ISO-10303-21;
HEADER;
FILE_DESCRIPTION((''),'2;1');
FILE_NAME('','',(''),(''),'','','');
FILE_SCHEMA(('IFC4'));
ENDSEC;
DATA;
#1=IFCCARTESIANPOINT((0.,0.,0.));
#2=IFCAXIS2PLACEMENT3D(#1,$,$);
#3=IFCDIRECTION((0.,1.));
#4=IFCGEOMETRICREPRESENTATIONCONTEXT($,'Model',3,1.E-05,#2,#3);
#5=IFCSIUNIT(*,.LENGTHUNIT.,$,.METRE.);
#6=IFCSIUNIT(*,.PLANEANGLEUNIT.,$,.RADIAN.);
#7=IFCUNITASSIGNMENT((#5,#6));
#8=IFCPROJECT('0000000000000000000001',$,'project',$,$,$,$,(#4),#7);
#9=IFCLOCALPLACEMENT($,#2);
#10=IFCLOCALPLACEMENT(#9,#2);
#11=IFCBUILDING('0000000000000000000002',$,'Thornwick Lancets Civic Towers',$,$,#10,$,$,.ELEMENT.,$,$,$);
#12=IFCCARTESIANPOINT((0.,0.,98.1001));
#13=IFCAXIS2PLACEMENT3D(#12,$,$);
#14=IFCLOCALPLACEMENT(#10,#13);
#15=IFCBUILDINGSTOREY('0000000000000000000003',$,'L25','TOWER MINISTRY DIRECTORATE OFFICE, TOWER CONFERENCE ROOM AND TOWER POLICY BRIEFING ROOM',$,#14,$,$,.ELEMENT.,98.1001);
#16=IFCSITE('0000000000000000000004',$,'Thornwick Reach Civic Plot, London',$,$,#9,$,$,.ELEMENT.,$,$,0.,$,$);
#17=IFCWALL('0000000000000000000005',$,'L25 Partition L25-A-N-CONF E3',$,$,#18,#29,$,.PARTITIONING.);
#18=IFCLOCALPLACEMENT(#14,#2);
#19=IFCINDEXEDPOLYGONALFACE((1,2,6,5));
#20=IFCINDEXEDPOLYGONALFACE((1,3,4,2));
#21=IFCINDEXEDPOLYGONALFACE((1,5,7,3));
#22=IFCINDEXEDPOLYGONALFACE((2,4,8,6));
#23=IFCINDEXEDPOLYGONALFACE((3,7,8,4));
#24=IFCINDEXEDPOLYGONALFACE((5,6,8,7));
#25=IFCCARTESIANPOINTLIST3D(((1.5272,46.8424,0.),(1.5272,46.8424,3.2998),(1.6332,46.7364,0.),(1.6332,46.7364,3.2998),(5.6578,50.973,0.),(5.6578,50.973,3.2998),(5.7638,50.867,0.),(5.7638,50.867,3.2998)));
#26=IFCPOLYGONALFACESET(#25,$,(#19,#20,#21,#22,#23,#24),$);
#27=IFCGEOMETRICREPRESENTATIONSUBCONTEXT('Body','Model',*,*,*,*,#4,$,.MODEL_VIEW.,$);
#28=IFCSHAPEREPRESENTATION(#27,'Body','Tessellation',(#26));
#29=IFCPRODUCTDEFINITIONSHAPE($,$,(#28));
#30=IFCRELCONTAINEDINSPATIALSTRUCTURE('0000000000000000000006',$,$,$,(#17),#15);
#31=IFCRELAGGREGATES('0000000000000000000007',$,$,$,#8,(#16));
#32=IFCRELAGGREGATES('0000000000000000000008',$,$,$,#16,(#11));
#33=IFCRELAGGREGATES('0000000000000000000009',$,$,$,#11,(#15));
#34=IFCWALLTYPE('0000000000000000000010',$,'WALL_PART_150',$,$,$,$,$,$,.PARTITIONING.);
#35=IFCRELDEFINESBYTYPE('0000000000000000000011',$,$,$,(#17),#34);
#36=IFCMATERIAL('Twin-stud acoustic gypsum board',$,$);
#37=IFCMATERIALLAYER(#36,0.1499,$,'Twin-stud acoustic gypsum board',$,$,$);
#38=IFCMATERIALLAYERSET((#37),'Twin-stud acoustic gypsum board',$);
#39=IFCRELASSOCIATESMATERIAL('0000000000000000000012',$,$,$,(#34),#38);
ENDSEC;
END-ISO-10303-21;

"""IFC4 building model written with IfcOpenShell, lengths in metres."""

from ifc_helpers import new_model, si_unit, direction, frame, frame_2d, origin, place, context, subcontext, project, spatial, rectangle, extrude, material, layer, layer_set, type_object, element, save


model = new_model("IFC4")

# Units and contexts
model_context = context("Model", 3, precision=1e-05, world=origin(), true_north=direction((0.0, 1.0)))
body_context = subcontext(model_context, "Body", "Model", "MODEL_VIEW")
ifc_project = project(units=[si_unit("LENGTHUNIT", "METRE"), si_unit("PLANEANGLEUNIT", "RADIAN")], contexts=[model_context])

# Site, building, storey
site_placement = place(None, origin())
site = spatial("IfcSite", under=ifc_project, at=site_placement, Name="Thornwick Reach Civic Plot, London", CompositionType="ELEMENT", RefElevation=0.0)
building_placement = place(site_placement, origin())
building = spatial("IfcBuilding", under=site, at=building_placement, Name="Thornwick Lancets Civic Towers", CompositionType="ELEMENT")
storey_placement = place(building_placement, frame((0.0, 0.0, 98.1001)))
storey = spatial("IfcBuildingStorey", under=building, at=storey_placement, Name="L25", Description="TOWER MINISTRY DIRECTORATE OFFICE, TOWER CONFERENCE ROOM AND TOWER POLICY BRIEFING ROOM", CompositionType="ELEMENT", Elevation=98.1001)

# Wall
ifc_material_1 = material(Name="Twin-stud acoustic gypsum board")
ifc_layer_1 = layer(ifc_material_1, 0.1499, Name="Twin-stud acoustic gypsum board")
ifc_layer_set_1 = layer_set([ifc_layer_1], Name="Twin-stud acoustic gypsum board")
wall_type_1 = type_object("IfcWallType", Name="WALL_PART_150", PredefinedType="PARTITIONING", material=ifc_layer_set_1)
wall_1_placement = place(storey_placement, frame((1.5801, 46.7893, 0.0), z_axis=(0.0, 0.0, 1.0), x_axis=(0.707107, 0.707107, 0.0)))
element("IfcWall", 1, at=wall_1_placement, inside=storey, type_object=wall_type_1, Name="L25 Partition L25-A-N-CONF E3", PredefinedType="PARTITIONING", context=body_context, shape_type="SweptSolid", body=[
    extrude(rectangle(XDim=5.8416, YDim=0.1499, at=frame_2d((2.9209, 0.0))), origin(), (0.0, 0.0, 1.0), 3.2998),
])

save(model, "model.ifc")
